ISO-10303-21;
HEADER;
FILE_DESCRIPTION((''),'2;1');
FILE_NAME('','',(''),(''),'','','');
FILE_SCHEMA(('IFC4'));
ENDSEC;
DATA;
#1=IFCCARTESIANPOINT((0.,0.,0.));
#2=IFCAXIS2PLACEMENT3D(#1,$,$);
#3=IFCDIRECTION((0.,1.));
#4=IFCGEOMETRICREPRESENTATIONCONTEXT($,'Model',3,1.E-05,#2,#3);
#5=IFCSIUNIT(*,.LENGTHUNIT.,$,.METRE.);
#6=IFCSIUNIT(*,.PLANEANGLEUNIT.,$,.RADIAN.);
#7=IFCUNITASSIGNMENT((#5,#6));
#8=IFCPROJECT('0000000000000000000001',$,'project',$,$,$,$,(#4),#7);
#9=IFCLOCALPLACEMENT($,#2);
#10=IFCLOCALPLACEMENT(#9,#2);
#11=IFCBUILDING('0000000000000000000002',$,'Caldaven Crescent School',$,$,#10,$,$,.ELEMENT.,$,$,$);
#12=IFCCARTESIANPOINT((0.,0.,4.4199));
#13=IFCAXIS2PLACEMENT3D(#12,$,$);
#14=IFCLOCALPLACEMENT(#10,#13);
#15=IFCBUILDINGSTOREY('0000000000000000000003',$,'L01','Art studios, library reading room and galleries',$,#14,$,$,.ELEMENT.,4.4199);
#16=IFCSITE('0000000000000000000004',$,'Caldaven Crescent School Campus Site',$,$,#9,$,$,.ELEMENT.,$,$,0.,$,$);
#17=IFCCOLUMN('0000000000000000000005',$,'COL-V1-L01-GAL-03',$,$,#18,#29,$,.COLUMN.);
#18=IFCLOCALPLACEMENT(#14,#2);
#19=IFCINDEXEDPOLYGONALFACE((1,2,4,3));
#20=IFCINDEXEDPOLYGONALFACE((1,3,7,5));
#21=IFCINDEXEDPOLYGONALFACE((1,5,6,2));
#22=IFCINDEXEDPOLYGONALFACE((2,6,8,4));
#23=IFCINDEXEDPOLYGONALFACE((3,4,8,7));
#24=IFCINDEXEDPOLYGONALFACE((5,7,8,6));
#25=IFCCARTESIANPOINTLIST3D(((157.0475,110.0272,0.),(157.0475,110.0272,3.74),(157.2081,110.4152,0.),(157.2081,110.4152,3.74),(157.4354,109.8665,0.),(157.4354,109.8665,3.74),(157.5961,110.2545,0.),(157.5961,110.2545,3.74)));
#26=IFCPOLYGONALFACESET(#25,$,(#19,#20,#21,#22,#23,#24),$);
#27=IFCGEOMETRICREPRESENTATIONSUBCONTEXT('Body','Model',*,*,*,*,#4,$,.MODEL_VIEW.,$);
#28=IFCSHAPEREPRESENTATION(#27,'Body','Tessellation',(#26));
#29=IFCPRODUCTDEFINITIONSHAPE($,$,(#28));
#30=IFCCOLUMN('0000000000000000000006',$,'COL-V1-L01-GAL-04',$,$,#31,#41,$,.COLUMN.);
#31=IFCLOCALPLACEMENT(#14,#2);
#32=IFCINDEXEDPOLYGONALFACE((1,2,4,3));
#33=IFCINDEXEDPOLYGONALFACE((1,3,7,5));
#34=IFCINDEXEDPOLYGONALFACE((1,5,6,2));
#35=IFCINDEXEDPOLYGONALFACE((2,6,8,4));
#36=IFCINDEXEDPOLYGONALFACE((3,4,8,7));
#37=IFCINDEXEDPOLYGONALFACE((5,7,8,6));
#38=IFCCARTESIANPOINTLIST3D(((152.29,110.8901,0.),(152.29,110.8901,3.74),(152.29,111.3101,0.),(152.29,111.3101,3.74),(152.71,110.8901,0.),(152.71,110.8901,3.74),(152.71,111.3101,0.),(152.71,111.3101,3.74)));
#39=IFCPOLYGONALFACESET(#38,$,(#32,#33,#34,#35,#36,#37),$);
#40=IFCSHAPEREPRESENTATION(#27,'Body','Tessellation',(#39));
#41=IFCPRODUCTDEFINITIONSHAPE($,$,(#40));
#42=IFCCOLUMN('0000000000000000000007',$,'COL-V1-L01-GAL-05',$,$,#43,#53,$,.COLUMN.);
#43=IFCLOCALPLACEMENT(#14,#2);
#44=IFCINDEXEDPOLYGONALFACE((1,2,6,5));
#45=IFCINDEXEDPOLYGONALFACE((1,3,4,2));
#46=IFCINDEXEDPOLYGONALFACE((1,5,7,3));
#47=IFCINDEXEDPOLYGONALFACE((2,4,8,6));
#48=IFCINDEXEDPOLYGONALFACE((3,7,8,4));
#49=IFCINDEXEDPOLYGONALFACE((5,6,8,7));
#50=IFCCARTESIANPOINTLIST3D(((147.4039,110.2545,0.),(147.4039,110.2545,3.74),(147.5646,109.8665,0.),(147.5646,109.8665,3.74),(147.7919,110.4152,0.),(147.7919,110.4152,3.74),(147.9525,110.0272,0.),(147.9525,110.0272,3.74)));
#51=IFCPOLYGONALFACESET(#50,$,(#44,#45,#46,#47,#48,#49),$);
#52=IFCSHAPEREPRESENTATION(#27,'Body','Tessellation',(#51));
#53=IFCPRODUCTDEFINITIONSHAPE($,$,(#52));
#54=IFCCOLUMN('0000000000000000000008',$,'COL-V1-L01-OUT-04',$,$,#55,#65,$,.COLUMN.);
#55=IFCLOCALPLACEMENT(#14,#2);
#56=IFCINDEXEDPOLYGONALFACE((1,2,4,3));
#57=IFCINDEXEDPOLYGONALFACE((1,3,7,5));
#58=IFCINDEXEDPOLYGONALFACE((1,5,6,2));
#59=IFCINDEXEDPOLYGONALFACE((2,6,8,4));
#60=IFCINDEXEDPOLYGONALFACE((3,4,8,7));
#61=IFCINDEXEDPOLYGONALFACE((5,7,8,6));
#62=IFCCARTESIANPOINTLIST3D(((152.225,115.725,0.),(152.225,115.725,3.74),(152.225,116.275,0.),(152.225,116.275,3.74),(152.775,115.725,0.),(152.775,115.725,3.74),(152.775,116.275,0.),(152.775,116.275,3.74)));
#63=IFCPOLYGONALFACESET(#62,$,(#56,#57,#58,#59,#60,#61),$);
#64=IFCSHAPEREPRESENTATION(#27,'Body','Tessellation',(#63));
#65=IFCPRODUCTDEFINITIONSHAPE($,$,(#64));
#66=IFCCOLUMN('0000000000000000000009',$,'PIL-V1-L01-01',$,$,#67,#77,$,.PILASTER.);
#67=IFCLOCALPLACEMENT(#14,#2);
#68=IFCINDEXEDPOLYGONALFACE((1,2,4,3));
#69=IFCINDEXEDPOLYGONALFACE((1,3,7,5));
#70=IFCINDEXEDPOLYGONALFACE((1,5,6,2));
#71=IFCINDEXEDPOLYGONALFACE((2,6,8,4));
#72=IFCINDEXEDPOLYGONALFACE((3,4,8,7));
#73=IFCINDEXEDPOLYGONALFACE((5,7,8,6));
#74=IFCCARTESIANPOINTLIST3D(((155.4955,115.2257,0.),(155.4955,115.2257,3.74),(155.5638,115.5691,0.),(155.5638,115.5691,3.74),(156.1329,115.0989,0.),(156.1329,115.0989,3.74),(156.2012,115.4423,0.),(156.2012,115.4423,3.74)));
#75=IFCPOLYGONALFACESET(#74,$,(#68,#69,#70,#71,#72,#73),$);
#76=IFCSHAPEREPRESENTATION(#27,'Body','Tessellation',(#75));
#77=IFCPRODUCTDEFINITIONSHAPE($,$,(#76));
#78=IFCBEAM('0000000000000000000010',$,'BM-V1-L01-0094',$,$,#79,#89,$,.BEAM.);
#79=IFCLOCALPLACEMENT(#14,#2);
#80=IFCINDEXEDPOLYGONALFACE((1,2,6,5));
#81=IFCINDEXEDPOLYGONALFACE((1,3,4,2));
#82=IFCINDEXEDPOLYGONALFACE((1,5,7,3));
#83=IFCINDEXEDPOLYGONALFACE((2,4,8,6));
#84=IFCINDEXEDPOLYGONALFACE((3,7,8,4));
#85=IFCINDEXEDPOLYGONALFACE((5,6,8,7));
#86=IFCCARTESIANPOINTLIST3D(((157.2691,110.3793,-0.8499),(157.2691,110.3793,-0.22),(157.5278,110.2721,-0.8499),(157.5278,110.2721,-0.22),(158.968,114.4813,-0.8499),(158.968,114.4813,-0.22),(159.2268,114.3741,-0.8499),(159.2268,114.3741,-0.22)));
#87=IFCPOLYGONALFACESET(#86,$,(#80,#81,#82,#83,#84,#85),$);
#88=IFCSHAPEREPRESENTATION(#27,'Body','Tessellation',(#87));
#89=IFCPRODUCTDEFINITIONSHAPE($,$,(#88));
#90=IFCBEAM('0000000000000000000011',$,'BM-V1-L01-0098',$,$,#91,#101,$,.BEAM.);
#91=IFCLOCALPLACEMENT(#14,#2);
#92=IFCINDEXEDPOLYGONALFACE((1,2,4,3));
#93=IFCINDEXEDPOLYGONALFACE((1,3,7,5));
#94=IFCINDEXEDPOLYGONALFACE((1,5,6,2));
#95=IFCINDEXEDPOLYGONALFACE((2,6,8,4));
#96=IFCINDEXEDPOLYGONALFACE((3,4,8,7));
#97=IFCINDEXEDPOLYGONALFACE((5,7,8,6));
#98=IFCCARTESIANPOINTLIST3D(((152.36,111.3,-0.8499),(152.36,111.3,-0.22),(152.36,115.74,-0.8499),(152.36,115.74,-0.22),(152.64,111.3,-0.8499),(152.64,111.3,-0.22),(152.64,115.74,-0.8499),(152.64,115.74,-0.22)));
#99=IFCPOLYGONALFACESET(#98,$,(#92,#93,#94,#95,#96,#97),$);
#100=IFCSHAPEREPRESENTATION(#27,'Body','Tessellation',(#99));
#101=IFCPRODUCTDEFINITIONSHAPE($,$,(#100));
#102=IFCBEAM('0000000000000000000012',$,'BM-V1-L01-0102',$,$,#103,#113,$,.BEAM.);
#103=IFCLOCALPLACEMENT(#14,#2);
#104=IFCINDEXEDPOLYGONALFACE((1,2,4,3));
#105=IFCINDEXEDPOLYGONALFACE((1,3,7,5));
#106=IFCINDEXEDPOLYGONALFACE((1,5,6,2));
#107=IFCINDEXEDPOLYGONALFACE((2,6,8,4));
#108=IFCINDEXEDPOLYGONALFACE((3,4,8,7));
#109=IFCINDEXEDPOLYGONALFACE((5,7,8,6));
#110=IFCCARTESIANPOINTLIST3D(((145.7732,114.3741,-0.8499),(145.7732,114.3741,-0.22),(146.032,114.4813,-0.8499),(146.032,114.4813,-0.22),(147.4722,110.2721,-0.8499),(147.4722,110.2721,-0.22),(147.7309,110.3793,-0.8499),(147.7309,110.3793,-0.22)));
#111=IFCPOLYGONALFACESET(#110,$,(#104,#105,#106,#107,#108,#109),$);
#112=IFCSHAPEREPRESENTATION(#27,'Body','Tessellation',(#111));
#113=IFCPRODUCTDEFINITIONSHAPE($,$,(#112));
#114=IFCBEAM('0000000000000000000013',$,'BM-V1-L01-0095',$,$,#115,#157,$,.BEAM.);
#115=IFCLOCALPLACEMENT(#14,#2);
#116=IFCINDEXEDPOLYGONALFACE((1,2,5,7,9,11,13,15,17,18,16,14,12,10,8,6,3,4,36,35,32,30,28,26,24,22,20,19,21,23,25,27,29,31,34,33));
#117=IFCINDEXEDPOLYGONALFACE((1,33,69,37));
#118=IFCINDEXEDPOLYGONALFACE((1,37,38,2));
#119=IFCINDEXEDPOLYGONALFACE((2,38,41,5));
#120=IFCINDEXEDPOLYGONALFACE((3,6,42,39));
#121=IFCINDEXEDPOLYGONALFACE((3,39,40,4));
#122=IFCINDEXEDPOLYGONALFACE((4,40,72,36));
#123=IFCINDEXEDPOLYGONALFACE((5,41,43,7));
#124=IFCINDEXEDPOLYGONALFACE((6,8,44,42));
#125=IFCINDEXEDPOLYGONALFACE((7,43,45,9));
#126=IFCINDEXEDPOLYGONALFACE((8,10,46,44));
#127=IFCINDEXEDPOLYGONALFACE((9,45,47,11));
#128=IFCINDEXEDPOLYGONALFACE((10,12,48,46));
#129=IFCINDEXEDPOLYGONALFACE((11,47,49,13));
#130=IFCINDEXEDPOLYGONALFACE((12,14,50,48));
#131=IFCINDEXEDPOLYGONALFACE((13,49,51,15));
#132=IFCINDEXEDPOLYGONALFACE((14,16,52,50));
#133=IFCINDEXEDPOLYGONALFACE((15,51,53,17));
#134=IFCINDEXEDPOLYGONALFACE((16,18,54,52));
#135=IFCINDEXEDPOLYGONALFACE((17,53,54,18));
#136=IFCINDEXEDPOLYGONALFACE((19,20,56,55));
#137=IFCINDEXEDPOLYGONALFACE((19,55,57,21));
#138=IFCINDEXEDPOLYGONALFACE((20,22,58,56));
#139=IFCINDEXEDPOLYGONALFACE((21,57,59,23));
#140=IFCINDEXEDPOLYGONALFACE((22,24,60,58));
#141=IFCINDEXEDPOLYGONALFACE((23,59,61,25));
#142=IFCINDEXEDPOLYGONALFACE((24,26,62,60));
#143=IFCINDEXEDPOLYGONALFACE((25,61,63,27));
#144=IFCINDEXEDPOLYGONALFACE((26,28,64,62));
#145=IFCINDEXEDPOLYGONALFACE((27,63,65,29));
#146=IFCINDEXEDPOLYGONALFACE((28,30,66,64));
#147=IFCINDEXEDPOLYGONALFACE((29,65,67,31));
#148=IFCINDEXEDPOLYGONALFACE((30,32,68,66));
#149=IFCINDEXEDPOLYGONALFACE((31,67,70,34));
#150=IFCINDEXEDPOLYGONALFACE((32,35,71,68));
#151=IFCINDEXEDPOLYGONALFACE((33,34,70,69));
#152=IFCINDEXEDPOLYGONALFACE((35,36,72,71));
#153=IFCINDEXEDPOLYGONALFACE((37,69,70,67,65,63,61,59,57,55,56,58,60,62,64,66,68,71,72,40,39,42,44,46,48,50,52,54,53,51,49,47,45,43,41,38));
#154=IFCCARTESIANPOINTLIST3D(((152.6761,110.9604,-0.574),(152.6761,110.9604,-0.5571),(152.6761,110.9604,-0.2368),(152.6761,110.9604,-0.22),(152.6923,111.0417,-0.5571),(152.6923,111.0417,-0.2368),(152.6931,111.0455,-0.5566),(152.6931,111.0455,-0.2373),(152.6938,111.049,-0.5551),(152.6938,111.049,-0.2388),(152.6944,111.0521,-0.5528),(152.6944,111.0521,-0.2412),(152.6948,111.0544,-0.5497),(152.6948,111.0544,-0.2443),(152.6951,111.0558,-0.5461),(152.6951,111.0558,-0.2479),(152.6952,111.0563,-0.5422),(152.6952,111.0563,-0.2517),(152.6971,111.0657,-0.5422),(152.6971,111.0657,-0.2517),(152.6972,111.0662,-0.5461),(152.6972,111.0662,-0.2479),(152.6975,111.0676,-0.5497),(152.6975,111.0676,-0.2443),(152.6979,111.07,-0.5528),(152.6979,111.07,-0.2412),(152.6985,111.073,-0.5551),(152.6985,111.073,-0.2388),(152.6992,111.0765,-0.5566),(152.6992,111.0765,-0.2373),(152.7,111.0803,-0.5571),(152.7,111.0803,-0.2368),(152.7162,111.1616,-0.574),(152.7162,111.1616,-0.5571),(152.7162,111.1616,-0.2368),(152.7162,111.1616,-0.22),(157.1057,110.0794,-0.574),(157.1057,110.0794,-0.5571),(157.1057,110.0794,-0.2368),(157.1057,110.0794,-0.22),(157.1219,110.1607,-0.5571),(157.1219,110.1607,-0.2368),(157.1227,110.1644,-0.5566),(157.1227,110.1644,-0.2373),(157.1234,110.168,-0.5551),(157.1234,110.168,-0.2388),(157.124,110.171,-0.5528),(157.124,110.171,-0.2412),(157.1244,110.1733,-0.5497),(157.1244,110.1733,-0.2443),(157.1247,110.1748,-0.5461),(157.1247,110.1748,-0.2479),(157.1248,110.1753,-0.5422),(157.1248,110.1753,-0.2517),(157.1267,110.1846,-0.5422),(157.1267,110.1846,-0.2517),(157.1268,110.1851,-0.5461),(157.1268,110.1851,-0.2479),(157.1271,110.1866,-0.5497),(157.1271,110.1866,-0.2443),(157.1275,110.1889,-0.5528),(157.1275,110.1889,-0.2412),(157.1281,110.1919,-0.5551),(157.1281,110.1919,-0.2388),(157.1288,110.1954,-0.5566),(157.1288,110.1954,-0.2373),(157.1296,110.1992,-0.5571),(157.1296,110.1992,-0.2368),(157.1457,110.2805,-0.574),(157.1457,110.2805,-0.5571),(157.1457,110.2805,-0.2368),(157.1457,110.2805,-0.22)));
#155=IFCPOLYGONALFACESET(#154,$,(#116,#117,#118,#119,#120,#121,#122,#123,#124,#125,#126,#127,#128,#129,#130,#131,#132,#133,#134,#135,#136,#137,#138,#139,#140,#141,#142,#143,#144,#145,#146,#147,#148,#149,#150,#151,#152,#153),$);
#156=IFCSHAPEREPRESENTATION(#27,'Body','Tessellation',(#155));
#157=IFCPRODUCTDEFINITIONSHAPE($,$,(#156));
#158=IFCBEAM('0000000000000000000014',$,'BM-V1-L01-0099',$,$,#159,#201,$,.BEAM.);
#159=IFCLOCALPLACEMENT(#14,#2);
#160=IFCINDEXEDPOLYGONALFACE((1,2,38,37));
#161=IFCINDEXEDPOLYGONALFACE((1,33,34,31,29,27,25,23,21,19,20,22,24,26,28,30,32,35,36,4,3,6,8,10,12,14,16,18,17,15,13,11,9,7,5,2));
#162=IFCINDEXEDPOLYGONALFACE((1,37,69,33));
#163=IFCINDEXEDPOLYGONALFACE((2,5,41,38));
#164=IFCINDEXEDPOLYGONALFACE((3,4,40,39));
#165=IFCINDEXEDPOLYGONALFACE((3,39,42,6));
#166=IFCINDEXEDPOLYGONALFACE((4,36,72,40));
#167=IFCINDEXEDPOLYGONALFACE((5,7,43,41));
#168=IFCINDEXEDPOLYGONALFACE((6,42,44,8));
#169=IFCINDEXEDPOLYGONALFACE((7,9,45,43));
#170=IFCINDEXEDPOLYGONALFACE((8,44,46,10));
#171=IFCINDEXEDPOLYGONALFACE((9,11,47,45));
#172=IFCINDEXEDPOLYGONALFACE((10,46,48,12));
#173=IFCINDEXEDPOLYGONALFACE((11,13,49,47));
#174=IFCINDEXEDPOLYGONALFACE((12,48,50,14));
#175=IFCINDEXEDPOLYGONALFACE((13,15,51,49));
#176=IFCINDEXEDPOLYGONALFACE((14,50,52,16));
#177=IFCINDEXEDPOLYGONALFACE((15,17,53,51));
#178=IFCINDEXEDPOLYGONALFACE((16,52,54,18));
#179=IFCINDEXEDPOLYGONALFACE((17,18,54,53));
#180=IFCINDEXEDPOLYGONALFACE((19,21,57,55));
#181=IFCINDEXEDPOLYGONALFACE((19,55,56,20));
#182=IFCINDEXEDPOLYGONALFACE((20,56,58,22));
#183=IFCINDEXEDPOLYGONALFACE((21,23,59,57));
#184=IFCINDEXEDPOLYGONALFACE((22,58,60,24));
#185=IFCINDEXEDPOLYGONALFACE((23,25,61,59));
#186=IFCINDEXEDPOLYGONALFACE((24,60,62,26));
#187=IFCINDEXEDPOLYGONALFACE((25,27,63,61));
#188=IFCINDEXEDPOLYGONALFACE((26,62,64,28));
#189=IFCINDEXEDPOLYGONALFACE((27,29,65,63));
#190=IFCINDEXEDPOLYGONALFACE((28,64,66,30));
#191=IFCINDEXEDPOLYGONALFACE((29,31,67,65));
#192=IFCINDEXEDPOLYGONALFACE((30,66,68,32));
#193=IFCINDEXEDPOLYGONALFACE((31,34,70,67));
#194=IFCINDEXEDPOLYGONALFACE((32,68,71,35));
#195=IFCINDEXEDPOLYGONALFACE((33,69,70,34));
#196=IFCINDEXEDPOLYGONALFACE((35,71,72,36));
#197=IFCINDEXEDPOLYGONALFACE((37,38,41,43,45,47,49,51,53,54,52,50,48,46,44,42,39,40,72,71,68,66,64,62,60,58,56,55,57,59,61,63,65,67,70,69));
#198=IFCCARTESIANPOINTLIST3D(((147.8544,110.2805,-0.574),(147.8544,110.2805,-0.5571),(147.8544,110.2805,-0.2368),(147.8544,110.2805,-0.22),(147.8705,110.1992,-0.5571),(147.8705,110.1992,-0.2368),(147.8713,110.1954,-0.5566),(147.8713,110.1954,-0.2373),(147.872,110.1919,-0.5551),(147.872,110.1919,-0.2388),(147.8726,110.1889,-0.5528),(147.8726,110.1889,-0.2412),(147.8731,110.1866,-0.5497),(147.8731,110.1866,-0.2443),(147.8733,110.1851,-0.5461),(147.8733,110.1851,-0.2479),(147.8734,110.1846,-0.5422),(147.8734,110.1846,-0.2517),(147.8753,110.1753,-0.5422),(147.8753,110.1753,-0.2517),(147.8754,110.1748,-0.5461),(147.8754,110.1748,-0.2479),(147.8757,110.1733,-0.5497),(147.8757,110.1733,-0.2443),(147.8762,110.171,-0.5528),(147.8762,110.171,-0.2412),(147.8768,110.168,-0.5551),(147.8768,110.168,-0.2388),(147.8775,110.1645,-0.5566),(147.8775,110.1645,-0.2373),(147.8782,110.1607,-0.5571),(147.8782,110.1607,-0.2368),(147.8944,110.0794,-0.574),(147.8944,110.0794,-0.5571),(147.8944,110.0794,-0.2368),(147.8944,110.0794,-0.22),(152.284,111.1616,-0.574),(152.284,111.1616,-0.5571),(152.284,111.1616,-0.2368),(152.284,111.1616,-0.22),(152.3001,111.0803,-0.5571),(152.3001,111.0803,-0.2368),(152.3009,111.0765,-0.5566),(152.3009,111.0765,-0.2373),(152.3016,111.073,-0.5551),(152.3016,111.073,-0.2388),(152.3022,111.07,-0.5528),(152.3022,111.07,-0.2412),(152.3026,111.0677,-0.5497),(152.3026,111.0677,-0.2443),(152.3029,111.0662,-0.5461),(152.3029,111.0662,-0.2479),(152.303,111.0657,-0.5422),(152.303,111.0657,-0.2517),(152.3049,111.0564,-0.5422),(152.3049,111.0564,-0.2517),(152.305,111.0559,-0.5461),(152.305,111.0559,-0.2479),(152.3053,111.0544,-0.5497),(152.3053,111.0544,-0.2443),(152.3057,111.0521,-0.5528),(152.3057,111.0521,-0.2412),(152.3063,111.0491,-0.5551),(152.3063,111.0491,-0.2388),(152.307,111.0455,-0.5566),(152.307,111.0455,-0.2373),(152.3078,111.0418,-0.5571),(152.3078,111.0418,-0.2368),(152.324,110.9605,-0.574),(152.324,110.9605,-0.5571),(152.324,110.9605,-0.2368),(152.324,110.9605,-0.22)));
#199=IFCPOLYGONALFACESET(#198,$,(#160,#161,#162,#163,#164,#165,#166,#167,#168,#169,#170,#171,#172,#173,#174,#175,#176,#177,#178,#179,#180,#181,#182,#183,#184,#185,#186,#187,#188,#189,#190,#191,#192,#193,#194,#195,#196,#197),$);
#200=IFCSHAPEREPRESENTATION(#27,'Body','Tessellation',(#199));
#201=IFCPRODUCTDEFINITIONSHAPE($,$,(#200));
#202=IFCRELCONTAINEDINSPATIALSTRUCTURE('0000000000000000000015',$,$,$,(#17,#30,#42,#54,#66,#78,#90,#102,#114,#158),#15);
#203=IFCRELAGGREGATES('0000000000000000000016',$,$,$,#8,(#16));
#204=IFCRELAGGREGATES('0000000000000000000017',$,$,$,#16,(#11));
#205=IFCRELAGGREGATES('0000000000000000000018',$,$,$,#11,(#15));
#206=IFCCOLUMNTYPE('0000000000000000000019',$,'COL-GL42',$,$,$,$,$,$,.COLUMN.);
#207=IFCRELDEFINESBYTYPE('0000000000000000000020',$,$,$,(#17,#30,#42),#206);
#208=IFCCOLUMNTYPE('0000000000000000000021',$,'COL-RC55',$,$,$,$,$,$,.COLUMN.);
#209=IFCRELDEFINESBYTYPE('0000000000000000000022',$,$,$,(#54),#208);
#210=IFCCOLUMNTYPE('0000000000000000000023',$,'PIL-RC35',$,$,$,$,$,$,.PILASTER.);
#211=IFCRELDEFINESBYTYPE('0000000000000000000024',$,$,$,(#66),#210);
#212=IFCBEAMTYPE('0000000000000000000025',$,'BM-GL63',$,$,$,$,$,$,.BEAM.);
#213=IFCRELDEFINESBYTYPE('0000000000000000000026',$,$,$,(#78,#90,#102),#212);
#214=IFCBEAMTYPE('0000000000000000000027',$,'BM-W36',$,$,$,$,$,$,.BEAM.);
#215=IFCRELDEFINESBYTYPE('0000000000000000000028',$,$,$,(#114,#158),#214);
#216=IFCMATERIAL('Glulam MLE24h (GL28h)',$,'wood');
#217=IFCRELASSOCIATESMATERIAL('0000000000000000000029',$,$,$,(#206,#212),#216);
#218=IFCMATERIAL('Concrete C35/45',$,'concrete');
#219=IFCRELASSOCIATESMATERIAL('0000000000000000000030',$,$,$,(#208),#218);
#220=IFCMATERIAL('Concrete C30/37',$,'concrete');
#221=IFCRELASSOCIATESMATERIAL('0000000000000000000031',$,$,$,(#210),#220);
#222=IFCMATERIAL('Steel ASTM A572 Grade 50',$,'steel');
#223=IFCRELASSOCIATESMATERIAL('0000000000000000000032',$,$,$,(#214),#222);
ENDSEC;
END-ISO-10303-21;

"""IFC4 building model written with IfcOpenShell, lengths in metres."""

from ifc_helpers import new_model, si_unit, direction, frame, origin, origin_2d, place, context, subcontext, project, spatial, rectangle, i_section, extrude, material, material_profile, profile_set, type_object, element, save


model = new_model("IFC4")

# Units and contexts
model_context = context("Model", 3, precision=1e-05, world=origin(), true_north=direction((0.0, 1.0)))
body_context = subcontext(model_context, "Body", "Model", "MODEL_VIEW")
ifc_project = project(units=[si_unit("LENGTHUNIT", "METRE"), si_unit("PLANEANGLEUNIT", "RADIAN")], contexts=[model_context])

# Site, building, storey
site_placement = place(None, origin())
site = spatial("IfcSite", under=ifc_project, at=site_placement, Name="Caldaven Crescent School Campus Site", CompositionType="ELEMENT", RefElevation=0.0)
building_placement = place(site_placement, origin())
building = spatial("IfcBuilding", under=site, at=building_placement, Name="Caldaven Crescent School", CompositionType="ELEMENT")
storey_placement = place(building_placement, frame((0.0, 0.0, 4.4199)))
storey = spatial("IfcBuildingStorey", under=building, at=storey_placement, Name="L01", Description="Art studios, library reading room and galleries", CompositionType="ELEMENT", Elevation=4.4199)

# Columns
ifc_material_1 = material(Name="Glulam MLE24h (GL28h)", Category="wood")
ifc_material_profile_1 = material_profile(ifc_material_1, rectangle(XDim=0.4199, YDim=0.4199, at=origin_2d()), Name="MLE 420x420")
ifc_profile_set_1 = profile_set([ifc_material_profile_1], Name="Glulam MLE24h (GL28h)")
column_type_1 = type_object("IfcColumnType", Name="COL-GL42", PredefinedType="COLUMN", material=ifc_profile_set_1)
for number, where, z_axis, x_axis, name in (
    (1, (157.3218, 110.1409, 0.0), (0.0, 0.0, 1.0), (0.382683, 0.92388, 0.0), "COL-V1-L01-GAL-03"),
    (2, (152.5, 111.1001, 0.0), (0.0, 0.0, 1.0), (0.0, 1.0, 0.0), "COL-V1-L01-GAL-04"),
    (3, (147.6782, 110.1409, 0.0), (0.0, 0.0, 1.0), (-0.382683, 0.92388, 0.0), "COL-V1-L01-GAL-05"),
):
    element("IfcColumn", number, at=place(storey_placement, frame(where, z_axis=z_axis, x_axis=x_axis)), inside=storey, type_object=column_type_1, Name=name, PredefinedType="COLUMN", context=body_context, shape_type="SweptSolid", body=[
        extrude(rectangle(XDim=0.4199, YDim=0.4199, at=origin_2d()), origin(), (0.0, 0.0, 1.0), 3.74),
    ])
ifc_material_2 = material(Name="Concrete C35/45", Category="concrete")
ifc_material_profile_2 = material_profile(ifc_material_2, rectangle(XDim=0.55, YDim=0.55, at=origin_2d()), Name="RC 550x550")
ifc_profile_set_2 = profile_set([ifc_material_profile_2], Name="Concrete C35/45")
column_type_2 = type_object("IfcColumnType", Name="COL-RC55", PredefinedType="COLUMN", material=ifc_profile_set_2)
column_1_placement = place(storey_placement, frame((152.5, 116.0, 0.0), z_axis=(0.0, 0.0, 1.0), x_axis=(0.0, 1.0, 0.0)))
element("IfcColumn", 4, at=column_1_placement, inside=storey, type_object=column_type_2, Name="COL-V1-L01-OUT-04", PredefinedType="COLUMN", context=body_context, shape_type="SweptSolid", body=[
    extrude(rectangle(XDim=0.55, YDim=0.55, at=origin_2d()), origin(), (0.0, 0.0, 1.0), 3.74),
])
ifc_material_3 = material(Name="Concrete C30/37", Category="concrete")
ifc_material_profile_3 = material_profile(ifc_material_3, rectangle(XDim=0.3501, YDim=0.6499, at=origin_2d()), Name="RC 350x650")
ifc_profile_set_3 = profile_set([ifc_material_profile_3], Name="Concrete C30/37")
column_type_3 = type_object("IfcColumnType", Name="PIL-RC35", PredefinedType="PILASTER", material=ifc_profile_set_3)
column_2_placement = place(storey_placement, frame((155.8484, 115.334, 0.0), z_axis=(0.0, 0.0, 1.0), x_axis=(0.19509, 0.980785, 0.0)))
element("IfcColumn", 5, at=column_2_placement, inside=storey, type_object=column_type_3, Name="PIL-V1-L01-01", PredefinedType="PILASTER", context=body_context, shape_type="SweptSolid", body=[
    extrude(rectangle(XDim=0.3501, YDim=0.6499, at=origin_2d()), origin(), (0.0, 0.0, 1.0), 3.74),
])

# Beams
ifc_material_profile_4 = material_profile(ifc_material_1, rectangle(XDim=0.28, YDim=0.6299, at=origin_2d()), Name="MLE 280x630")
ifc_profile_set_4 = profile_set([ifc_material_profile_4], Name="Glulam MLE24h (GL28h)")
beam_type_1 = type_object("IfcBeamType", Name="BM-GL63", PredefinedType="BEAM", material=ifc_profile_set_4)
for number, where, z_axis, x_axis, name in (
    (6, (157.3984, 110.3257, -0.5349), (0.382655, 0.923892, 0.0), (-0.923892, 0.382655, 0.0), "BM-V1-L01-0094"),
    (7, (152.5, 111.3, -0.5349), (0.0, 1.0, 0.0), (-1.0, 0.0, 0.0), "BM-V1-L01-0098"),
    (8, (147.6016, 110.3257, -0.5349), (-0.382655, 0.923892, 0.0), (-0.923892, -0.382655, 0.0), "BM-V1-L01-0102"),
):
    element("IfcBeam", number, at=place(storey_placement, frame(where, z_axis=z_axis, x_axis=x_axis)), inside=storey, type_object=beam_type_1, Name=name, PredefinedType="BEAM", context=body_context, shape_type="SweptSolid", body=[
        extrude(rectangle(XDim=0.28, YDim=0.6299, at=origin_2d()), origin(), (0.0, 0.0, 1.0), 4.4399),
    ])
ifc_material_4 = material(Name="Steel ASTM A572 Grade 50", Category="steel")
ifc_material_profile_5 = material_profile(ifc_material_4, i_section(OverallWidth=0.2051, OverallDepth=0.354, WebThickness=0.0095, FlangeThickness=0.0168, FilletRadius=0.0149, at=origin_2d()), Name="W360x79")
ifc_profile_set_5 = profile_set([ifc_material_profile_5], Name="Steel ASTM A572 Grade 50")
beam_type_2 = type_object("IfcBeamType", Name="BM-W36", PredefinedType="BEAM", material=ifc_profile_set_5)
for number, where, z_axis, x_axis, name in (
    (9, (157.1257, 110.1799, -0.397), (-0.980786, 0.195087, 0.0), (-0.195087, -0.980786, 0.0), "BM-V1-L01-0095"),
    (10, (152.304, 111.061, -0.397), (-0.980786, -0.195087, 0.0), (0.195087, -0.980786, 0.0), "BM-V1-L01-0099"),
):
    element("IfcBeam", number, at=place(storey_placement, frame(where, z_axis=z_axis, x_axis=x_axis)), inside=storey, type_object=beam_type_2, Name=name, PredefinedType="BEAM", context=body_context, shape_type="SweptSolid", body=[
        extrude(i_section(OverallWidth=0.2051, OverallDepth=0.354, WebThickness=0.0095, FlangeThickness=0.0168, FilletRadius=0.0149, at=origin_2d()), origin(), (0.0, 0.0, 1.0), 4.5164),
    ])

save(model, "model.ifc")
